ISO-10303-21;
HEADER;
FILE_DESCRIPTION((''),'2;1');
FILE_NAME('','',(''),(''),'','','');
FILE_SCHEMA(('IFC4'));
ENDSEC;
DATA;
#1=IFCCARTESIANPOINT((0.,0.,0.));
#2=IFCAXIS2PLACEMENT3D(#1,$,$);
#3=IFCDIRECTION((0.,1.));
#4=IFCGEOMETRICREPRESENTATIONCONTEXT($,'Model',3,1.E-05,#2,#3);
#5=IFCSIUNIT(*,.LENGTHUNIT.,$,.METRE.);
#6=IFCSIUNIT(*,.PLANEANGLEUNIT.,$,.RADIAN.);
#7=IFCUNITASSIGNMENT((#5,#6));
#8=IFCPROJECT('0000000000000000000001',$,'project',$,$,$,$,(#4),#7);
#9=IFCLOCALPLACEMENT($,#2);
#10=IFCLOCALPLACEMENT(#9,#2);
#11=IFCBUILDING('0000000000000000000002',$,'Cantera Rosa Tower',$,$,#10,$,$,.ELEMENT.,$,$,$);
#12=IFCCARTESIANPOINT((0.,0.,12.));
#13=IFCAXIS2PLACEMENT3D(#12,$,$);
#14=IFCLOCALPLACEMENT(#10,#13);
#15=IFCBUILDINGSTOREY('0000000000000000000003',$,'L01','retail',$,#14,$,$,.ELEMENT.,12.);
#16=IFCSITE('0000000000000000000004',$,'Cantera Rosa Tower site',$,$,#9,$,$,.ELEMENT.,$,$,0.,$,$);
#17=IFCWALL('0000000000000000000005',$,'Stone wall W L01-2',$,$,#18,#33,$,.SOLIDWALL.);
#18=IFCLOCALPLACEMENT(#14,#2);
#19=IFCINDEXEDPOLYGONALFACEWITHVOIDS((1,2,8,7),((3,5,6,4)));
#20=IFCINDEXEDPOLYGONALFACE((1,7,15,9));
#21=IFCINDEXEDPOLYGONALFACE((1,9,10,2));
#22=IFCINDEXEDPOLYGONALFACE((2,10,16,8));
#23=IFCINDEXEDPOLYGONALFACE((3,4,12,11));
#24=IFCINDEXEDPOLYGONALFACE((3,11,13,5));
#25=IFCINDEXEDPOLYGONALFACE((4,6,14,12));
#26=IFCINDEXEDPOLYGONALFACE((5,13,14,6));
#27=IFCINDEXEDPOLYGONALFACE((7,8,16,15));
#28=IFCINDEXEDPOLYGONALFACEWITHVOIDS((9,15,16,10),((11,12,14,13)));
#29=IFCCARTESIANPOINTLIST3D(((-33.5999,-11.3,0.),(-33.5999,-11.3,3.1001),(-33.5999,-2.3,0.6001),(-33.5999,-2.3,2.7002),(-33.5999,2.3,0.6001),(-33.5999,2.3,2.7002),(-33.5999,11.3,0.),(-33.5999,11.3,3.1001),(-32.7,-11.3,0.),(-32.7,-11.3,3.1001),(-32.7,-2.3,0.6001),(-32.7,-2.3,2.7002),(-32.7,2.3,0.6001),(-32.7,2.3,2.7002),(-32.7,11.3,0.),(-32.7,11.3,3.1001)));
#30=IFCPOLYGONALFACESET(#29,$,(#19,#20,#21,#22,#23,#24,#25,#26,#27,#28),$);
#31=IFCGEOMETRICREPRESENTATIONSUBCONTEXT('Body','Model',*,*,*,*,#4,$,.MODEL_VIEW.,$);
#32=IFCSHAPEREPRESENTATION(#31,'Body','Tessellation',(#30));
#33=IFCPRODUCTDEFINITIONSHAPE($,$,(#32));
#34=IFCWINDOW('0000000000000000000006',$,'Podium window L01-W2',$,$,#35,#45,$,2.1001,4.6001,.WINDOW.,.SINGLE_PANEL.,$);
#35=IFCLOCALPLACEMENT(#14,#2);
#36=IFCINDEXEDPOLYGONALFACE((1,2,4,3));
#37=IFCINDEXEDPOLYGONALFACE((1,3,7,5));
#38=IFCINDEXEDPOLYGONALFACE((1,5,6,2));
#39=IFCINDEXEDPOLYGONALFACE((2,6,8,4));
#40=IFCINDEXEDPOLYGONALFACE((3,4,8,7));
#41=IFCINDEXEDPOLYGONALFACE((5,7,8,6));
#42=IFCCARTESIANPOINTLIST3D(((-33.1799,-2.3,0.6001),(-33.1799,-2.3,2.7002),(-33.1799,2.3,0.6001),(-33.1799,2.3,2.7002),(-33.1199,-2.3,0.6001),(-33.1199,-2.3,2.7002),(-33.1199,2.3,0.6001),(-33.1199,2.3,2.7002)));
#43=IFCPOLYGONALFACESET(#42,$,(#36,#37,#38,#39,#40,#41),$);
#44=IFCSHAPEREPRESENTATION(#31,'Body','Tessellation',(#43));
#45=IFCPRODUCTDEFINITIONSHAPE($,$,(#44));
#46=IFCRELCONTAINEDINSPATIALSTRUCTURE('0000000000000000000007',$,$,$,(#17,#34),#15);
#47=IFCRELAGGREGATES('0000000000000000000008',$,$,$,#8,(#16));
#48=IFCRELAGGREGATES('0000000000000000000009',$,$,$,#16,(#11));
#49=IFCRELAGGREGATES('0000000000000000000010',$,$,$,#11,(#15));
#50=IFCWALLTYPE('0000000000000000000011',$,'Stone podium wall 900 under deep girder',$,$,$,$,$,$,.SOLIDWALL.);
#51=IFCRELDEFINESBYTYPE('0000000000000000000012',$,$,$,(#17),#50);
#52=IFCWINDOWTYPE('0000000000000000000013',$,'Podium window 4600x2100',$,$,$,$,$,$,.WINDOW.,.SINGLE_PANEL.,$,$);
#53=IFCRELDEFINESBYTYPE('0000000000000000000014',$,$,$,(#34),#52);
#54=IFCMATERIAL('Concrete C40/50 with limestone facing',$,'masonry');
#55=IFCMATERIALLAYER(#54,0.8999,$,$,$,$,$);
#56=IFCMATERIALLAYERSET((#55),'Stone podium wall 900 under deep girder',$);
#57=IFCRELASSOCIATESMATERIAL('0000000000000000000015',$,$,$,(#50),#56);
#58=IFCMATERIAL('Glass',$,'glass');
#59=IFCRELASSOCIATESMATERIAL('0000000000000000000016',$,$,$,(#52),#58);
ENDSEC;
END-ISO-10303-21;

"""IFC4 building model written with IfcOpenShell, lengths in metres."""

from ifc_helpers import new_model, si_unit, direction, frame, frame_2d, origin, place, context, subcontext, project, spatial, rectangle, extrude, material, layer, layer_set, type_object, element, fill, save


model = new_model("IFC4")

# Units and contexts
model_context = context("Model", 3, precision=1e-05, world=origin(), true_north=direction((0.0, 1.0)))
body_context = subcontext(model_context, "Body", "Model", "MODEL_VIEW")
ifc_project = project(units=[si_unit("LENGTHUNIT", "METRE"), si_unit("PLANEANGLEUNIT", "RADIAN")], contexts=[model_context])

# Site, building, storey
site_placement = place(None, origin())
site = spatial("IfcSite", under=ifc_project, at=site_placement, Name="Cantera Rosa Tower site", CompositionType="ELEMENT", RefElevation=0.0)
building_placement = place(site_placement, origin())
building = spatial("IfcBuilding", under=site, at=building_placement, Name="Cantera Rosa Tower", CompositionType="ELEMENT")
storey_placement = place(building_placement, frame((0.0, 0.0, 12.0)))
storey = spatial("IfcBuildingStorey", under=building, at=storey_placement, Name="L01", Description="retail", CompositionType="ELEMENT", Elevation=12.0)

# Wall, opening, window
ifc_material_1 = material(Name="Concrete C40/50 with limestone facing", Category="masonry")
ifc_layer_1 = layer(ifc_material_1, 0.8999)
ifc_layer_set_1 = layer_set([ifc_layer_1], Name="Stone podium wall 900 under deep girder")
wall_type_1 = type_object("IfcWallType", Name="Stone podium wall 900 under deep girder", PredefinedType="SOLIDWALL", material=ifc_layer_set_1)
wall_1_placement = place(storey_placement, frame((-33.1499, 11.3, 0.0), z_axis=(0.0, 0.0, 1.0), x_axis=(0.0, -1.0, 0.0)))
wall_1 = element("IfcWall", 1, at=wall_1_placement, inside=storey, type_object=wall_type_1, Name="Stone wall W L01-2", PredefinedType="SOLIDWALL", context=body_context, shape_type="SweptSolid", body=[
    extrude(rectangle(XDim=22.6001, YDim=0.8999, at=frame_2d((11.3, 0.0))), origin(), (0.0, 0.0, 1.0), 3.1001),
])
opening_1_placement = place(wall_1_placement, frame((9.0, 0.0, 0.6001)))
opening_1 = element("IfcOpeningElement", 2, at=opening_1_placement, cuts=wall_1, PredefinedType="OPENING", context=body_context, shape_type="SweptSolid", body=[
    extrude(rectangle(XDim=4.6001, YDim=2.1001, at=frame_2d((2.3, 1.05))), frame((0.0, 0.46, 0.0), z_axis=(0.0, -1.0, 0.0), x_axis=(1.0, 0.0, 0.0)), (0.0, 0.0, 1.0), 0.9199),
])
ifc_material_2 = material(Name="Glass", Category="glass")
window_type_1 = type_object("IfcWindowType", Name="Podium window 4600x2100", PartitioningType="SINGLE_PANEL", PredefinedType="WINDOW", material=ifc_material_2)
window_1_placement = place(opening_1_placement, origin())
window_1 = element("IfcWindow", 3, at=window_1_placement, inside=storey, type_object=window_type_1, Name="Podium window L01-W2", OverallHeight=2.1001, OverallWidth=4.6001, PartitioningType="SINGLE_PANEL", PredefinedType="WINDOW", context=body_context, shape_type="SweptSolid", body=[
    extrude(rectangle(XDim=4.6001, YDim=2.1001, at=frame_2d((2.3, 1.05))), frame((0.0, 0.03, 0.0), z_axis=(0.0, -1.0, 0.0), x_axis=(1.0, 0.0, 0.0)), (0.0, 0.0, 1.0), 0.0601),
])
fill(opening_1, window_1)

save(model, "model.ifc")
